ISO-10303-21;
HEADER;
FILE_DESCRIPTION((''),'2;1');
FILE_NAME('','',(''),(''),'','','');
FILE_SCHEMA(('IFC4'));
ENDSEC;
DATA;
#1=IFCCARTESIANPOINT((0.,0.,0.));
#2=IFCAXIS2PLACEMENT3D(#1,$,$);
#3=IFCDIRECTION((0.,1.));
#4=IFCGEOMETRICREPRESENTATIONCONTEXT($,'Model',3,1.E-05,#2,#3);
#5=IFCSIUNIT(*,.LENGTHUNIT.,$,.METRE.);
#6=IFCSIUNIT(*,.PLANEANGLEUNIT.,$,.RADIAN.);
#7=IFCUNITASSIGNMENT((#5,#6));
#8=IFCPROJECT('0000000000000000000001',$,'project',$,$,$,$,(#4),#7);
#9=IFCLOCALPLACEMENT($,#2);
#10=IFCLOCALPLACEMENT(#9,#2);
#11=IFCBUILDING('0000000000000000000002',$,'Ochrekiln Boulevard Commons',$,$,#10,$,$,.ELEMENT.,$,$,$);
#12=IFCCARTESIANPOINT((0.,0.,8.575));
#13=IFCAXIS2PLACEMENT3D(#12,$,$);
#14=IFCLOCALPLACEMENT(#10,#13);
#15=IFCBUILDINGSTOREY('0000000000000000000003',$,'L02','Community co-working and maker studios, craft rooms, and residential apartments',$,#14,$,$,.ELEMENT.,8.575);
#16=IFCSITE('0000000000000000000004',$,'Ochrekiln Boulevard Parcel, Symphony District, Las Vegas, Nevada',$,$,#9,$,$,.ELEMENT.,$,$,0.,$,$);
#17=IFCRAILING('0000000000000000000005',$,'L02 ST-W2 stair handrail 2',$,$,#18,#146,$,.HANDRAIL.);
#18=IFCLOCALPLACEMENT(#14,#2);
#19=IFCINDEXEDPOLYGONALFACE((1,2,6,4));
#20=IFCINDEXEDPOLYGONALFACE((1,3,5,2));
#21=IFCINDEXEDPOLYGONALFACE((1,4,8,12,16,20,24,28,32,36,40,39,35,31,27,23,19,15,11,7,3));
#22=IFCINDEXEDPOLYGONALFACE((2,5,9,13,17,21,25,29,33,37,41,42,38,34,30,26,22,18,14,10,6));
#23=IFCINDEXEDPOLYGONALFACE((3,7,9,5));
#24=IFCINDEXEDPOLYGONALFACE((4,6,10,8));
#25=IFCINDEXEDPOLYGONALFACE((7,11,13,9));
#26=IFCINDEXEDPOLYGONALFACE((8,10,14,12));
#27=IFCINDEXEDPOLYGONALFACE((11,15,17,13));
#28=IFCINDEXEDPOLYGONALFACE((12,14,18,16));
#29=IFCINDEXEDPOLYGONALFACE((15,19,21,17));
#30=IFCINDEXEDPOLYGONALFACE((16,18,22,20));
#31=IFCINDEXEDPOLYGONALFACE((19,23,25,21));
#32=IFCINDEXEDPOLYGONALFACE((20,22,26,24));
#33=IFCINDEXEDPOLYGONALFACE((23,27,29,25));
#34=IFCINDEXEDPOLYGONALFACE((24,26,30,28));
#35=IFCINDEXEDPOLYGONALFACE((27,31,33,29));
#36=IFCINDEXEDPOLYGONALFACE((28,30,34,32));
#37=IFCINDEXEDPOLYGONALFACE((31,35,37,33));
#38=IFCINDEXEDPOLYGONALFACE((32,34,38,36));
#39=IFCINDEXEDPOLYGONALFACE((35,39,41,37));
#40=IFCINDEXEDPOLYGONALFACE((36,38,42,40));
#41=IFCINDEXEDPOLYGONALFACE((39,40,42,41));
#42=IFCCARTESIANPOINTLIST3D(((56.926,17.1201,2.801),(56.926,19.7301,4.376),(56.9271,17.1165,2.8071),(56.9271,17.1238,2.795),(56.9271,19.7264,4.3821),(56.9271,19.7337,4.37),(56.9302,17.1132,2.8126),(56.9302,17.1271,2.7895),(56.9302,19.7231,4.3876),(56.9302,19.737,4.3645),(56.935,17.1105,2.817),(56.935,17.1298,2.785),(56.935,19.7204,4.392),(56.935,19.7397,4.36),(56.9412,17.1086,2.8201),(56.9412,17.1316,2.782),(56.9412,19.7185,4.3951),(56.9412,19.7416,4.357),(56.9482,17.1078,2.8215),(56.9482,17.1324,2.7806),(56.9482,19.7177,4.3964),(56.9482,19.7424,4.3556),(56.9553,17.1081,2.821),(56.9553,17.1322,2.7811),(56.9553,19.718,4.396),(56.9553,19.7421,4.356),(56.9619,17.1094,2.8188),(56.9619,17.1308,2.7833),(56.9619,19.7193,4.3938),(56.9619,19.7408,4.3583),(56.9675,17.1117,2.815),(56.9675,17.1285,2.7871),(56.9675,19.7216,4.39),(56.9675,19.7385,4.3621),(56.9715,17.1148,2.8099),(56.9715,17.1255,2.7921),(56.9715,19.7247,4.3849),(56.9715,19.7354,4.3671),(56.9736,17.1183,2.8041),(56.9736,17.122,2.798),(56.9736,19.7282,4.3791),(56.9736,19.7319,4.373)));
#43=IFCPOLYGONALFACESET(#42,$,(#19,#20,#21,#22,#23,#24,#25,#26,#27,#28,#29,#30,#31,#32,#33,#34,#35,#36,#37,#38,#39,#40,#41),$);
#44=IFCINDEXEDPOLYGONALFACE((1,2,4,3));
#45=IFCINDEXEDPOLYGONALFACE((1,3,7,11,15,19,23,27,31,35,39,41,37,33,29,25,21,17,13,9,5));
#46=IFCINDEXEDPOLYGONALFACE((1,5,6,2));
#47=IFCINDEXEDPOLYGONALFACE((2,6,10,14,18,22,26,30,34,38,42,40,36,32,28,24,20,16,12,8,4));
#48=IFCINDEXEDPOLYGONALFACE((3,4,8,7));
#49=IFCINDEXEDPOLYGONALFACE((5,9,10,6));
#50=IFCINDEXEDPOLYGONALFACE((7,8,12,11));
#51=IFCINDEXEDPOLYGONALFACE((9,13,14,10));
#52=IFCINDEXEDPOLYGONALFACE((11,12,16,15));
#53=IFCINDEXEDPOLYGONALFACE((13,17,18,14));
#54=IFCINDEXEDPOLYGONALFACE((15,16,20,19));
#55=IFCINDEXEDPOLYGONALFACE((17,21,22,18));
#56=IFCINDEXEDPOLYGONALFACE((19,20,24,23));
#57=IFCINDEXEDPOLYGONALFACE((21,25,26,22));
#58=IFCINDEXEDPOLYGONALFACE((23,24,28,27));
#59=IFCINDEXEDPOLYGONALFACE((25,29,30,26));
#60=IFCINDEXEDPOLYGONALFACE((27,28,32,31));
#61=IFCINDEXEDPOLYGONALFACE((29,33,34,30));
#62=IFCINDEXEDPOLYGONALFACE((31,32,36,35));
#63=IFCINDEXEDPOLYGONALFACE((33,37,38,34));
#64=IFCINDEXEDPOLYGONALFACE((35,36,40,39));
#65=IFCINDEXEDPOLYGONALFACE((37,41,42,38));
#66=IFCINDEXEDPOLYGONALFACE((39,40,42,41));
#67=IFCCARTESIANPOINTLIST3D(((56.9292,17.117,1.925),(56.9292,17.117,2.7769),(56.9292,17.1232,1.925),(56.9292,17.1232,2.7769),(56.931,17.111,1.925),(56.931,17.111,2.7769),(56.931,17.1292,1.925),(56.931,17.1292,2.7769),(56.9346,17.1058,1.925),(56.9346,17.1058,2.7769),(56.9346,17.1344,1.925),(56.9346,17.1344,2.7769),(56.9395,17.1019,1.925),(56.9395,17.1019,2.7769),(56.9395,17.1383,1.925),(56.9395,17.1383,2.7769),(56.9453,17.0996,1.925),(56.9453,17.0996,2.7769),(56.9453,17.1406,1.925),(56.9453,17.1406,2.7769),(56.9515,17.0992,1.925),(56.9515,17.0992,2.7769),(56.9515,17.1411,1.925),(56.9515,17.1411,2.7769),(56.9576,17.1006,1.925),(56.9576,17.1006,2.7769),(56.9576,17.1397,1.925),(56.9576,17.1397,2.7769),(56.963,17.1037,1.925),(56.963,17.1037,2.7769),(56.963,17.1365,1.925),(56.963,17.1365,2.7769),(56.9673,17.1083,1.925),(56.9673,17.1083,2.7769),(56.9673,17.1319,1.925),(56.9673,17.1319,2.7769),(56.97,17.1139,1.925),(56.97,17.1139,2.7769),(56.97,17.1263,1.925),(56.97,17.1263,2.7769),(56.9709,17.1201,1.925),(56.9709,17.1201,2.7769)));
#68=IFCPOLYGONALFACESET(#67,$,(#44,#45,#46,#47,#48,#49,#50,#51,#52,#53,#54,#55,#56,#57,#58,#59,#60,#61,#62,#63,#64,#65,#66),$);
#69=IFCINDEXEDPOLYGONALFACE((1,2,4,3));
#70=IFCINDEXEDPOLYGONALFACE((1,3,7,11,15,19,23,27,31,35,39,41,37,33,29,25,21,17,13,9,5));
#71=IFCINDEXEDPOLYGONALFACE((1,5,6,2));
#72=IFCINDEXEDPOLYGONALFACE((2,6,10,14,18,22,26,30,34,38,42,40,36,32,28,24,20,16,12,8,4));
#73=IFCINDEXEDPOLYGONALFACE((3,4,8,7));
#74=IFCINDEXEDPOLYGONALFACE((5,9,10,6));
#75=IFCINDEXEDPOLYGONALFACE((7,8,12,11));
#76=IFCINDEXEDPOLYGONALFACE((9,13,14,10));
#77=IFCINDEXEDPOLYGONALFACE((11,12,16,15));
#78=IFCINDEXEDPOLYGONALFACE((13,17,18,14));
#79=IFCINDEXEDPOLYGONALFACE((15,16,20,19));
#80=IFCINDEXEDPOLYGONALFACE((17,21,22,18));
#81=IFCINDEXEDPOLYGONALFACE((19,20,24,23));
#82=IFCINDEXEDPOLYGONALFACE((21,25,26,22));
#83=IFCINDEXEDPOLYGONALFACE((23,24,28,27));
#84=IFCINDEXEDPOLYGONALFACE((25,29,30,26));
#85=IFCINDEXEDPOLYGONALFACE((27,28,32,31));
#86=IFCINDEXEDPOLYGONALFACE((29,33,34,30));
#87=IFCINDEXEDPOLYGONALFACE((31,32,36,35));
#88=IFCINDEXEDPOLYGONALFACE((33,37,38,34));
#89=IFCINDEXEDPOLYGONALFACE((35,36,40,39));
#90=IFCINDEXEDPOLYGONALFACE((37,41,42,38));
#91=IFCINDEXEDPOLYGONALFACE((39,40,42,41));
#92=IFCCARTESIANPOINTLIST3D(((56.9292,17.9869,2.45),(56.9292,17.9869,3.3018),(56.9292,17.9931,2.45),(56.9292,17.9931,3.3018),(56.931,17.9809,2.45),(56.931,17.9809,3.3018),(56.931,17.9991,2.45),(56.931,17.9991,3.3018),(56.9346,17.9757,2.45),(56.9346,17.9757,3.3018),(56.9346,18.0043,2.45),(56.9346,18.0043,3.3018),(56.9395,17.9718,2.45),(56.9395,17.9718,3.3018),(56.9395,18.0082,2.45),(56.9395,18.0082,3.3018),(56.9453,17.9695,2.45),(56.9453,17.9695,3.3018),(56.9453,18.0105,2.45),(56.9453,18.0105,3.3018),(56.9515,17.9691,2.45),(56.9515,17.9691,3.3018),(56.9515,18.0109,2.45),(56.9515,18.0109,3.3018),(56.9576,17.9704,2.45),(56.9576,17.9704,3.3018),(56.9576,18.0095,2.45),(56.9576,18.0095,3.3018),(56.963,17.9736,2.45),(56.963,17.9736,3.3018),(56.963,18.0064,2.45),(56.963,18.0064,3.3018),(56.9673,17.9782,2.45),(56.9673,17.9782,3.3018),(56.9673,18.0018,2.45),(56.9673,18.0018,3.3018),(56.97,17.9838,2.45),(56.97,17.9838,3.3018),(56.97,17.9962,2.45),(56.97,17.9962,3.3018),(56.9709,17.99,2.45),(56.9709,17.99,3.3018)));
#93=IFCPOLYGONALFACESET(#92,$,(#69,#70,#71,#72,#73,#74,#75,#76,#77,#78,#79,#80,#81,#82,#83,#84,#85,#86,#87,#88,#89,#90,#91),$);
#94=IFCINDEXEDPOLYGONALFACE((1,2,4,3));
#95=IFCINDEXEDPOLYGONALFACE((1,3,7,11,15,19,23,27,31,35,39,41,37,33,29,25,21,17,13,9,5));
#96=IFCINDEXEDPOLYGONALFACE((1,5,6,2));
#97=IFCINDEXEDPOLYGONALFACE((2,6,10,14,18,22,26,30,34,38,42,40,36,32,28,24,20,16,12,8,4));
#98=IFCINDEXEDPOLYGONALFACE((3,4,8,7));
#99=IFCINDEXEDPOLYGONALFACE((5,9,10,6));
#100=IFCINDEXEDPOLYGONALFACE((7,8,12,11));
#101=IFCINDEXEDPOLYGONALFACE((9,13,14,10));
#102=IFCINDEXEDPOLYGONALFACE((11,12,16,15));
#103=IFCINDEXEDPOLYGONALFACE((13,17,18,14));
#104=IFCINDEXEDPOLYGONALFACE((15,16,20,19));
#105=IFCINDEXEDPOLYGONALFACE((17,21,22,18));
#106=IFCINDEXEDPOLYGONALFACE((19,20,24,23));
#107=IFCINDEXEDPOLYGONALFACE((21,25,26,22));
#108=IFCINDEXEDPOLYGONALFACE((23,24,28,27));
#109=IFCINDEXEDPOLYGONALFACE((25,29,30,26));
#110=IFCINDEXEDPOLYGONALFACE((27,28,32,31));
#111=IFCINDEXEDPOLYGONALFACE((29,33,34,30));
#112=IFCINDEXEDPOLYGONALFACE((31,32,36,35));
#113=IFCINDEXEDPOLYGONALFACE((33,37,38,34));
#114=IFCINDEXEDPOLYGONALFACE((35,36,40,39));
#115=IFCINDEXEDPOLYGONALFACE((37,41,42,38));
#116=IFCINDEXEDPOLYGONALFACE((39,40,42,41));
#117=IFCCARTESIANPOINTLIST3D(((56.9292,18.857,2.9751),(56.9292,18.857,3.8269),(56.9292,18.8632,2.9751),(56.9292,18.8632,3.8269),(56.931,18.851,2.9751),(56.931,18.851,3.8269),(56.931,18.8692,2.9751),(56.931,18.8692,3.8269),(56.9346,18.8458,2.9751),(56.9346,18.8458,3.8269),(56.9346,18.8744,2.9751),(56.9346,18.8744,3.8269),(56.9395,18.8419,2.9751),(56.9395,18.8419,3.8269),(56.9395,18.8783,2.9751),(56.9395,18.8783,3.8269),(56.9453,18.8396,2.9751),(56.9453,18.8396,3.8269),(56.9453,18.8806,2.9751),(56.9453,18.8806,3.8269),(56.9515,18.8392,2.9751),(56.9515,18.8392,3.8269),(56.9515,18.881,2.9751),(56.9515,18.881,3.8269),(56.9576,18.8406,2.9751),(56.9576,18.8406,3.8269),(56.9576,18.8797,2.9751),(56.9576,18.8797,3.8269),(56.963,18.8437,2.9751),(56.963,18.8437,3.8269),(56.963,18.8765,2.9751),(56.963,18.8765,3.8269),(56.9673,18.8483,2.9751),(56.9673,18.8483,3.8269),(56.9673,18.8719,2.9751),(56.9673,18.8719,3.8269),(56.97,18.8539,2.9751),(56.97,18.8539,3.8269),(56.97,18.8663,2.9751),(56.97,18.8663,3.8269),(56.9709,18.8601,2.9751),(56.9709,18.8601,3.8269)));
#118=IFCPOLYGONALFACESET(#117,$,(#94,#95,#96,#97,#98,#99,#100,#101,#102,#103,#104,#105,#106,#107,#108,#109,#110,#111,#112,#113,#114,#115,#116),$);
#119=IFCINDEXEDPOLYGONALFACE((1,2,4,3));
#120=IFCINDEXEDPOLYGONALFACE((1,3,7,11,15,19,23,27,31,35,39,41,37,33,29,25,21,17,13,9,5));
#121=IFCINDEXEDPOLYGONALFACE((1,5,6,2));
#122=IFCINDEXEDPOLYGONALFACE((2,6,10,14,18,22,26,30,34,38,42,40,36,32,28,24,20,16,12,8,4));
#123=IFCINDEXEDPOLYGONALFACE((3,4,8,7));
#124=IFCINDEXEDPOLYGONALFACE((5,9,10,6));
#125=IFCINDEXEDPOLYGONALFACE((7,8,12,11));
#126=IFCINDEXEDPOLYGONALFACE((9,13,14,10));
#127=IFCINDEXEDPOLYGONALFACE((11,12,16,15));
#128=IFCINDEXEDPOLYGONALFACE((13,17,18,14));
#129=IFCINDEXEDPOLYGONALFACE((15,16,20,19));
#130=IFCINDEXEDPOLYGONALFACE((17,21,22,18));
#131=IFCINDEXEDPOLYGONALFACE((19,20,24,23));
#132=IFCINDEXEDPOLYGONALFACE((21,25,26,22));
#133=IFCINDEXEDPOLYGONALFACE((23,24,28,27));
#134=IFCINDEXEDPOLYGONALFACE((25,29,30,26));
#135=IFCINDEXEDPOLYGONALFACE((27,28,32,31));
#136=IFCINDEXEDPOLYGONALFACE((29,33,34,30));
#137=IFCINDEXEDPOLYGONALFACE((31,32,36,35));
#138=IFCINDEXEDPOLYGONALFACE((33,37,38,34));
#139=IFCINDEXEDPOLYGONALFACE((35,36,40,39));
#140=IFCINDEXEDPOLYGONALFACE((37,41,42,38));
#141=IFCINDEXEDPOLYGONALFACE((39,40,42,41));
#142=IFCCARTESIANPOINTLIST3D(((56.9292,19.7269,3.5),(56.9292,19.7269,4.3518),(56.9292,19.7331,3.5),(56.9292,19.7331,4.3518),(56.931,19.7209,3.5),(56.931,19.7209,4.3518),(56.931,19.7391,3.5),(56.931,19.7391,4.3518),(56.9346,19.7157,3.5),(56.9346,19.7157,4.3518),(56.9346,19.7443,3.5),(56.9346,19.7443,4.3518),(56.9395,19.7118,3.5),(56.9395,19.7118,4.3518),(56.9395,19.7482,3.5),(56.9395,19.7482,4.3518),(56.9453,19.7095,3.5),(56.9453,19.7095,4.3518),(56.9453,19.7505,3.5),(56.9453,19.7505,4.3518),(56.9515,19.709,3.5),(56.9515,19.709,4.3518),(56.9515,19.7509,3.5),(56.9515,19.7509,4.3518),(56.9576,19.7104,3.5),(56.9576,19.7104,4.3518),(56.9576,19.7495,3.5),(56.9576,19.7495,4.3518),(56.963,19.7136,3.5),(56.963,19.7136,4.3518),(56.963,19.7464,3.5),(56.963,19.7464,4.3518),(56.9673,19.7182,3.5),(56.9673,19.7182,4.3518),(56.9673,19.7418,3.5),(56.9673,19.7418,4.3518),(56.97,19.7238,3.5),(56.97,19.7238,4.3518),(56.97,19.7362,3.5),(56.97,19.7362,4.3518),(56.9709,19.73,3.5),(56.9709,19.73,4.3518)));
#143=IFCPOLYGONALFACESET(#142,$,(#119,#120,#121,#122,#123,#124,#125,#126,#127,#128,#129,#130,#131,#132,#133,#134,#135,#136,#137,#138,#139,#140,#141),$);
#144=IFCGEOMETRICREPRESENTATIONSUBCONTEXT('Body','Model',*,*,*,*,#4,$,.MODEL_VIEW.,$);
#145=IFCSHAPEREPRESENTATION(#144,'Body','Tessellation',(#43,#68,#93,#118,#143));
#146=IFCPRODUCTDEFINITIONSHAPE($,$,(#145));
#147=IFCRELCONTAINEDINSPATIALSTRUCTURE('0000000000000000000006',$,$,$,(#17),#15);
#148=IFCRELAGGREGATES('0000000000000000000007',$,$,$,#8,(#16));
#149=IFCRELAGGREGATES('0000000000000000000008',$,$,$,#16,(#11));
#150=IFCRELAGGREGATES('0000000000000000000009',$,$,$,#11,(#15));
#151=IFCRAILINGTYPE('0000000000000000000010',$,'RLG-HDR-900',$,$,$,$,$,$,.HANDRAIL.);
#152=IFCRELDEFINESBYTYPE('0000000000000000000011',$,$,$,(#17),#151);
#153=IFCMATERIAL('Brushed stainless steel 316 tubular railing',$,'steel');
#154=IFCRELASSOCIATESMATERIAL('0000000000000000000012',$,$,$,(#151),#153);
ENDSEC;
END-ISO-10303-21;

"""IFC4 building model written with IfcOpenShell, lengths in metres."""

from ifc_helpers import new_model, si_unit, direction, frame, origin, origin_2d, place, context, subcontext, project, spatial, circle, extrude, material, type_object, element, save


model = new_model("IFC4")

# Units and contexts
model_context = context("Model", 3, precision=1e-05, world=origin(), true_north=direction((0.0, 1.0)))
body_context = subcontext(model_context, "Body", "Model", "MODEL_VIEW")
ifc_project = project(units=[si_unit("LENGTHUNIT", "METRE"), si_unit("PLANEANGLEUNIT", "RADIAN")], contexts=[model_context])

# Site, building, storey
site_placement = place(None, origin())
site = spatial("IfcSite", under=ifc_project, at=site_placement, Name="Ochrekiln Boulevard Parcel, Symphony District, Las Vegas, Nevada", CompositionType="ELEMENT", RefElevation=0.0)
building_placement = place(site_placement, origin())
building = spatial("IfcBuilding", under=site, at=building_placement, Name="Ochrekiln Boulevard Commons", CompositionType="ELEMENT")
storey_placement = place(building_placement, frame((0.0, 0.0, 8.575)))
storey = spatial("IfcBuildingStorey", under=building, at=storey_placement, Name="L02", Description="Community co-working and maker studios, craft rooms, and residential apartments", CompositionType="ELEMENT", Elevation=8.575)

# Railing
ifc_material_1 = material(Name="Brushed stainless steel 316 tubular railing", Category="steel")
railing_type_1 = type_object("IfcRailingType", Name="RLG-HDR-900", PredefinedType="HANDRAIL", material=ifc_material_1)
railing_1_placement = place(storey_placement, frame((56.95, 17.1201, 1.925)))
element("IfcRailing", 1, at=railing_1_placement, inside=storey, type_object=railing_type_1, Name="L02 ST-W2 stair handrail 2", PredefinedType="HANDRAIL", context=body_context, shape_type="SweptSolid", body=[
    extrude(circle(Radius=0.0239, at=origin_2d()), frame((0.0, 0.0, 0.876), z_axis=(0.0, 0.856183, 0.516673), x_axis=(-1.0, 0.0, 0.0)), (0.0, 0.0, 1.0), 3.0483),
    extrude(circle(Radius=0.021, at=origin_2d()), origin(), (0.0, 0.0, 1.0), 0.8518),
    extrude(circle(Radius=0.021, at=origin_2d()), frame((0.0, 0.8699, 0.5249)), (0.0, 0.0, 1.0), 0.8518),
    extrude(circle(Radius=0.021, at=origin_2d()), frame((0.0, 1.74, 1.05)), (0.0, 0.0, 1.0), 0.8518),
    extrude(circle(Radius=0.021, at=origin_2d()), frame((0.0, 2.6099, 1.575)), (0.0, 0.0, 1.0), 0.8518),
])

save(model, "model.ifc")
